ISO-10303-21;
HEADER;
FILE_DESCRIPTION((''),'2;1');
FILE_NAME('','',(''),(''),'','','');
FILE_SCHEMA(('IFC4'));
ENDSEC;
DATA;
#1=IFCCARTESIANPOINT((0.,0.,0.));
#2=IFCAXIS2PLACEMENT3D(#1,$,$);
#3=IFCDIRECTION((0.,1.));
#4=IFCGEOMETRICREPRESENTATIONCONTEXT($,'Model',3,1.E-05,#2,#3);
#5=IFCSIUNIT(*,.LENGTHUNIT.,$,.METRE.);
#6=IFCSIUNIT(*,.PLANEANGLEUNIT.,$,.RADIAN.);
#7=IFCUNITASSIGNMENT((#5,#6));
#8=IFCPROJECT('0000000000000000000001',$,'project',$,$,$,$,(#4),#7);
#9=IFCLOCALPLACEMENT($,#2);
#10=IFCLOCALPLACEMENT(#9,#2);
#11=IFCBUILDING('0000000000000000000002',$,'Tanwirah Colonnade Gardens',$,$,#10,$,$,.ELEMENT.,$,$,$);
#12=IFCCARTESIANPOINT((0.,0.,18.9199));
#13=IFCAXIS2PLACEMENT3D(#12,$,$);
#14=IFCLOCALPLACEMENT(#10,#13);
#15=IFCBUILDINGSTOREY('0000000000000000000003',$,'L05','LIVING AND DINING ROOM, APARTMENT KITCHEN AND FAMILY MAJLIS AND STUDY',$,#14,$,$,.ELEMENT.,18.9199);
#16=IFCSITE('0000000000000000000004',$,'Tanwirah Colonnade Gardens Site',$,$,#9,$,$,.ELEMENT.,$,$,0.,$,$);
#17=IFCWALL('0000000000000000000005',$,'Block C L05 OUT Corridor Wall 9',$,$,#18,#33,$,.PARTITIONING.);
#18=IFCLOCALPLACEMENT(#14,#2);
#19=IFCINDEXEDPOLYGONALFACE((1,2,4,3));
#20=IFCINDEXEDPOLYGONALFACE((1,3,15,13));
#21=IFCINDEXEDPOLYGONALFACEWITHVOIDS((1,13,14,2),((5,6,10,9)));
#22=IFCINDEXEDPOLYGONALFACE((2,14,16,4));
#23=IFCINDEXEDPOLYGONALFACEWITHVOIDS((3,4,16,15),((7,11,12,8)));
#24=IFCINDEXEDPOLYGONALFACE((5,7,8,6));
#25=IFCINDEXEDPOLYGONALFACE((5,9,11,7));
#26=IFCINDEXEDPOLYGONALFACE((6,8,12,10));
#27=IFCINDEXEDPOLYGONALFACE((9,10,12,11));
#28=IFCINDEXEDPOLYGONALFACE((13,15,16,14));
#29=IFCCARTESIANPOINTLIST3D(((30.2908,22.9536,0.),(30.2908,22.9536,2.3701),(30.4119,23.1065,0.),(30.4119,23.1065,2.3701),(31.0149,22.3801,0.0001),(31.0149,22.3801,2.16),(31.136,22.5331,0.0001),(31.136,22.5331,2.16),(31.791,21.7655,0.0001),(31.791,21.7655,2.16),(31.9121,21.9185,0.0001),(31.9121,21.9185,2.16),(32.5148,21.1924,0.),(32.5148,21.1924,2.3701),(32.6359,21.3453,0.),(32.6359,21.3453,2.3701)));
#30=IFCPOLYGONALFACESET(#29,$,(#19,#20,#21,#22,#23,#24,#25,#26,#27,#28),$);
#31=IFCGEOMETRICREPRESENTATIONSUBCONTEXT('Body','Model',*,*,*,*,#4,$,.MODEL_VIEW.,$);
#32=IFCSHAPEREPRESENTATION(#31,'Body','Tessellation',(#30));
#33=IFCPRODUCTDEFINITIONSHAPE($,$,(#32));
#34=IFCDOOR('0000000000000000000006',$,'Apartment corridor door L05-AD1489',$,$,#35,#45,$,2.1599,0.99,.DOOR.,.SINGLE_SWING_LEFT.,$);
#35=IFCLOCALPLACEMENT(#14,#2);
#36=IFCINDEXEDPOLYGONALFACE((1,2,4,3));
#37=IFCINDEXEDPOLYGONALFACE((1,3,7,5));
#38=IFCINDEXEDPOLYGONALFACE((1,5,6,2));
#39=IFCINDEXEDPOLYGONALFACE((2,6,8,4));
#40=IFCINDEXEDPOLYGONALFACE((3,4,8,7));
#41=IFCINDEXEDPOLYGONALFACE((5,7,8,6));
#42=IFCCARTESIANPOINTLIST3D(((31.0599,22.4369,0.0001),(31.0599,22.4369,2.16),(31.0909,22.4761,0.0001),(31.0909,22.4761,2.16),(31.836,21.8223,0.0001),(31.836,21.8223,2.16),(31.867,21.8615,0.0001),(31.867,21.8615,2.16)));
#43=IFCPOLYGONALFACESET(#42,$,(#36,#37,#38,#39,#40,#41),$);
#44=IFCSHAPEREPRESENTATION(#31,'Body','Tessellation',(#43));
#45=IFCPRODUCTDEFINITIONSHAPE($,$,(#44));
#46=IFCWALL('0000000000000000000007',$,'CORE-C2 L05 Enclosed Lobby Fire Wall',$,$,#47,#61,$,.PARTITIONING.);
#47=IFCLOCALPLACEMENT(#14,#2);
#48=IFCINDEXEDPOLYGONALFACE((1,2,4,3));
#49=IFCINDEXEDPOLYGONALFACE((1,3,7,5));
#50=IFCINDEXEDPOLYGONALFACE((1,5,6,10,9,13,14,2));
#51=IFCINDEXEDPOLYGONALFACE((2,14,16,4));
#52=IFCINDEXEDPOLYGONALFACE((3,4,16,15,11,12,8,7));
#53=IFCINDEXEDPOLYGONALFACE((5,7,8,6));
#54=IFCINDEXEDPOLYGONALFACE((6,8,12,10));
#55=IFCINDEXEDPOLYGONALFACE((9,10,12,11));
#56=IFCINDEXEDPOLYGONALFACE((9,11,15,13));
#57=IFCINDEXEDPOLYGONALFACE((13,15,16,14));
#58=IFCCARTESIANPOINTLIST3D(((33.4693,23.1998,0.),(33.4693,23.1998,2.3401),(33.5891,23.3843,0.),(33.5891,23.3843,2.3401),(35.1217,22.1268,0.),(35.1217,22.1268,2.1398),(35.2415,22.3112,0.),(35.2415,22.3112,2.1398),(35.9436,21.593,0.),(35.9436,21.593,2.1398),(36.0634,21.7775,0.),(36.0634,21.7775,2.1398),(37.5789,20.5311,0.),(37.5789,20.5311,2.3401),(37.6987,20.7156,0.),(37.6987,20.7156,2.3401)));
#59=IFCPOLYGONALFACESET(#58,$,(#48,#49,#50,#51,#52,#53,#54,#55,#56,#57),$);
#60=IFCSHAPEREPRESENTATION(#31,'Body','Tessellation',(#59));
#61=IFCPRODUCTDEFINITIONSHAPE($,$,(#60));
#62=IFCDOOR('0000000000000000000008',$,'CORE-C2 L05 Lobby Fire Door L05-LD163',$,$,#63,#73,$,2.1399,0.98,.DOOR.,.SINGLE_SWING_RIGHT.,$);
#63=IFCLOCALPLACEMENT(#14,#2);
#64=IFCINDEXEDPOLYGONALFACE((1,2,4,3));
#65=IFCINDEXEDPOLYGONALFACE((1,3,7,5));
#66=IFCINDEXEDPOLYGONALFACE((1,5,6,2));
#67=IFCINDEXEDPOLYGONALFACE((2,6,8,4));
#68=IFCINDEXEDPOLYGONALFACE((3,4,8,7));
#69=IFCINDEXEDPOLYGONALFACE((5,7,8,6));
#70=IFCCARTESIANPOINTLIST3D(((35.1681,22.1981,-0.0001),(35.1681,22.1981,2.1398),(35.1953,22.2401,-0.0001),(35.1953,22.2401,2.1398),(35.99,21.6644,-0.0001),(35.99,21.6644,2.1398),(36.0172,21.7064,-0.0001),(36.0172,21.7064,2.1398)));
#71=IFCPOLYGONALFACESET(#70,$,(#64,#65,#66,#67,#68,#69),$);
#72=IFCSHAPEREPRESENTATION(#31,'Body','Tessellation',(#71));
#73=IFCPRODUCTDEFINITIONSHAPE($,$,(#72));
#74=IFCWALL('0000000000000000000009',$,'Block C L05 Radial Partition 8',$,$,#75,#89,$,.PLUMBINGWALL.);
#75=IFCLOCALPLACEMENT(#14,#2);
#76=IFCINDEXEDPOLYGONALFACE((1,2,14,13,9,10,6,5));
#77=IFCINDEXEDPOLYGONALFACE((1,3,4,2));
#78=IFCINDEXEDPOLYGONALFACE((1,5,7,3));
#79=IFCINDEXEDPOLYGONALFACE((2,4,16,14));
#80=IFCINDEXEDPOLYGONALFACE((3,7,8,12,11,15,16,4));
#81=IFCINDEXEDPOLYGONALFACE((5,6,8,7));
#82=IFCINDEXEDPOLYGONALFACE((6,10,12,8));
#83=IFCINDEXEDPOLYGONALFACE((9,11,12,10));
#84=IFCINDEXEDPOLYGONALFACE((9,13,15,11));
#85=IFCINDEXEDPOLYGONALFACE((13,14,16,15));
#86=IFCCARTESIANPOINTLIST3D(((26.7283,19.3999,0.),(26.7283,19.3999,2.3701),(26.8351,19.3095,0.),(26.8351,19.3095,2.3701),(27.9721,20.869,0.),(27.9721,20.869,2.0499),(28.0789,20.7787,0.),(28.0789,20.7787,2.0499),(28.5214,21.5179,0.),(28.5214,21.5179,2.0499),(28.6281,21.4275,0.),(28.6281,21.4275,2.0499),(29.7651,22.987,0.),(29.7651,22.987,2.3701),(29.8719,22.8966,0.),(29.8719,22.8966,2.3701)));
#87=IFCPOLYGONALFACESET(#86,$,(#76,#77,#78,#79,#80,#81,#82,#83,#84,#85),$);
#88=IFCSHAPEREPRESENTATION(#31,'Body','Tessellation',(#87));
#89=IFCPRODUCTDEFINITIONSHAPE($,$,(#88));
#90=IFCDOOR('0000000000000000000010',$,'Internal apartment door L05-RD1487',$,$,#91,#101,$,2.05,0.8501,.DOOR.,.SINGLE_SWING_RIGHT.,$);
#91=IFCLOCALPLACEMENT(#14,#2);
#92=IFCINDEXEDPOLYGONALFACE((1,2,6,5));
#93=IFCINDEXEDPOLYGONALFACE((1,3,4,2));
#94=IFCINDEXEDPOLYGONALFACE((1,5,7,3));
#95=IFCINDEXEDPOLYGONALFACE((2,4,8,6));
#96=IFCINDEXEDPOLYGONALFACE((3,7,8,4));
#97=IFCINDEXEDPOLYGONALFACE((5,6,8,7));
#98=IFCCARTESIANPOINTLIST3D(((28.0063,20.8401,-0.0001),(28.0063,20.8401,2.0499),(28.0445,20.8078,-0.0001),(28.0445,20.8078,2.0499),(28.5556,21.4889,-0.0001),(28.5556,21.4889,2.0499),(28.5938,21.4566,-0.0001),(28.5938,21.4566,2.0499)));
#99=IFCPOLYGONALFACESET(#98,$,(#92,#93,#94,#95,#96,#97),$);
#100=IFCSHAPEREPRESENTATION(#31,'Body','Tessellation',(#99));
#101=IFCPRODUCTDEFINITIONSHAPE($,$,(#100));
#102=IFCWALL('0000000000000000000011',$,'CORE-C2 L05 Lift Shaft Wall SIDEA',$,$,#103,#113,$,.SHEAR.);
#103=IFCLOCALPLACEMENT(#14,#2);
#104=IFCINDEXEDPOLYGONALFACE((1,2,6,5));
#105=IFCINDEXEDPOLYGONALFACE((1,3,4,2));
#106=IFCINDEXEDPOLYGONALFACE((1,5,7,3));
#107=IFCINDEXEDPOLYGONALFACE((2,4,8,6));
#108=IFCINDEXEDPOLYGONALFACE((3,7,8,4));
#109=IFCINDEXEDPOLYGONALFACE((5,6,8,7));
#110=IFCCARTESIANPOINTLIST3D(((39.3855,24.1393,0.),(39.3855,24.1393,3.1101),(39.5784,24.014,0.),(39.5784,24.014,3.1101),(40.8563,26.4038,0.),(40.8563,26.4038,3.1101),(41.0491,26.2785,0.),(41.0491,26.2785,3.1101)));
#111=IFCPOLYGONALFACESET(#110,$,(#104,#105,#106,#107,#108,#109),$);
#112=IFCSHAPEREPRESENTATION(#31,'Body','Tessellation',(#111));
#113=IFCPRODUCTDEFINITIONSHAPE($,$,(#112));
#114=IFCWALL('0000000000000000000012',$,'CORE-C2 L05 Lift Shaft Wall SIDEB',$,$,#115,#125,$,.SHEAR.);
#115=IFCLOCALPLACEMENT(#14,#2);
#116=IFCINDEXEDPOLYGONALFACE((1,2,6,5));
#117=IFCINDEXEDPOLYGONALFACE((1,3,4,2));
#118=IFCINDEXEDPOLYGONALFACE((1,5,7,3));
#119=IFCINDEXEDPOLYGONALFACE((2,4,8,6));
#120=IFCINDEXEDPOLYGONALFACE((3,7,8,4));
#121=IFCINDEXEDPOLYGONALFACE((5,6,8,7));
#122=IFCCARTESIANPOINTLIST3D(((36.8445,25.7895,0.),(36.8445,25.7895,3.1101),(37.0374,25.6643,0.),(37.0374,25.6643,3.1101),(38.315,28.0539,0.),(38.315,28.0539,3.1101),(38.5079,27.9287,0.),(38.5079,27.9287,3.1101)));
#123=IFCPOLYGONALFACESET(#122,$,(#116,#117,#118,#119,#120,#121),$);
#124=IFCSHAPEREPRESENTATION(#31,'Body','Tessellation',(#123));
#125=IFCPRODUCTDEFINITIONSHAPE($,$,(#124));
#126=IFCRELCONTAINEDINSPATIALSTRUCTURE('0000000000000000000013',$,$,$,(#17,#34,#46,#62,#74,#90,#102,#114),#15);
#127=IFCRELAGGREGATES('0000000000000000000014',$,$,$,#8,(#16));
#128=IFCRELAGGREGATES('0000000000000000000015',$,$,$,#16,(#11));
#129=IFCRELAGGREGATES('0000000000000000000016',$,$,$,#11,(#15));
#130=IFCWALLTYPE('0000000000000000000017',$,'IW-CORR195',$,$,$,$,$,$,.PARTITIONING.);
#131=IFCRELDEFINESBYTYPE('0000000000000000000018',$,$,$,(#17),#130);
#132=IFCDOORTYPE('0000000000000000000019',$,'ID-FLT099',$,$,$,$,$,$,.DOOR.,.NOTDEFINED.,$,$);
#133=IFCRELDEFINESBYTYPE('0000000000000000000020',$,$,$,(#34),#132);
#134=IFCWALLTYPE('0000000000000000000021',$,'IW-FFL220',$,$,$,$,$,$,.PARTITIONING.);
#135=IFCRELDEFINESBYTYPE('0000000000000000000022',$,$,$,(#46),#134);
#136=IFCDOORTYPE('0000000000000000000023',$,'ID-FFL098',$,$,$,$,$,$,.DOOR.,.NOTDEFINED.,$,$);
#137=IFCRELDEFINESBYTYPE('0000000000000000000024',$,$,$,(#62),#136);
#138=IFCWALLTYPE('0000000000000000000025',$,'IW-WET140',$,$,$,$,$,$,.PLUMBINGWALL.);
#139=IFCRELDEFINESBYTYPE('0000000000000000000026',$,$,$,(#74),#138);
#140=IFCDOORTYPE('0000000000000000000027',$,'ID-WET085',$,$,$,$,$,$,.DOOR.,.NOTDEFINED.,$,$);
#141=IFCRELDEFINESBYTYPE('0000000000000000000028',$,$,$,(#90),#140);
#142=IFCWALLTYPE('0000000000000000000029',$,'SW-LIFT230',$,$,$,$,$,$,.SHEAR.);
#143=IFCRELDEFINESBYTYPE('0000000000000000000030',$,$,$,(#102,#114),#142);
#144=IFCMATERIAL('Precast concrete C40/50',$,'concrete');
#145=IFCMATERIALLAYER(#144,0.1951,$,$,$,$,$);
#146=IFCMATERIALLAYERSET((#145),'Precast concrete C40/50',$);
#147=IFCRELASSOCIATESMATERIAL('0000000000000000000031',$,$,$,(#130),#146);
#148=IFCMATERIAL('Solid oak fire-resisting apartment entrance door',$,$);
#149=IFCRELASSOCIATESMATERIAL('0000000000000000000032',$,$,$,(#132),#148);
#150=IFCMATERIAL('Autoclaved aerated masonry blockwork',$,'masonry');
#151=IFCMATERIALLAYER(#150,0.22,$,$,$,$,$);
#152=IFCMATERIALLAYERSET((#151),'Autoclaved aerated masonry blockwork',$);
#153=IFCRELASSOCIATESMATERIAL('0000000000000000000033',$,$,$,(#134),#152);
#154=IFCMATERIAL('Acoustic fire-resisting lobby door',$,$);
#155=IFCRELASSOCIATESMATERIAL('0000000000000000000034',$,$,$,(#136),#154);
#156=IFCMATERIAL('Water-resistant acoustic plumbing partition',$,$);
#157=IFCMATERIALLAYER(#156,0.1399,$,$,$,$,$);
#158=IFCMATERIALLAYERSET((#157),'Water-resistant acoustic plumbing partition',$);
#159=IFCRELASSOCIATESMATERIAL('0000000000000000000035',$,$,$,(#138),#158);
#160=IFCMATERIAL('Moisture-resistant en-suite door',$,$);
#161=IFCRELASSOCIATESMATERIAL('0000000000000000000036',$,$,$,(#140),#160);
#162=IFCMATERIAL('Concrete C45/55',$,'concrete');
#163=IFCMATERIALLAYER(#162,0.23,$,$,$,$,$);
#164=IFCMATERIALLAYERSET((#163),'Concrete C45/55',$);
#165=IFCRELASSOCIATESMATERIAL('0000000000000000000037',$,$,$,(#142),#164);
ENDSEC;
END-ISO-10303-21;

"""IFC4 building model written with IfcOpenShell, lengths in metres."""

from ifc_helpers import new_model, si_unit, direction, frame, frame_2d, origin, place, context, subcontext, project, spatial, rectangle, extrude, material, layer, layer_set, type_object, element, fill, save


model = new_model("IFC4")

# Units and contexts
model_context = context("Model", 3, precision=1e-05, world=origin(), true_north=direction((0.0, 1.0)))
body_context = subcontext(model_context, "Body", "Model", "MODEL_VIEW")
ifc_project = project(units=[si_unit("LENGTHUNIT", "METRE"), si_unit("PLANEANGLEUNIT", "RADIAN")], contexts=[model_context])

# Site, building, storey
site_placement = place(None, origin())
site = spatial("IfcSite", under=ifc_project, at=site_placement, Name="Tanwirah Colonnade Gardens Site", CompositionType="ELEMENT", RefElevation=0.0)
building_placement = place(site_placement, origin())
building = spatial("IfcBuilding", under=site, at=building_placement, Name="Tanwirah Colonnade Gardens", CompositionType="ELEMENT")
storey_placement = place(building_placement, frame((0.0, 0.0, 18.9199)))
storey = spatial("IfcBuildingStorey", under=building, at=storey_placement, Name="L05", Description="LIVING AND DINING ROOM, APARTMENT KITCHEN AND FAMILY MAJLIS AND STUDY", CompositionType="ELEMENT", Elevation=18.9199)

# Shared definitions
ifc_material_1 = material(Name="Precast concrete C40/50", Category="concrete")

# Walls, openings, doors
ifc_layer_1 = layer(ifc_material_1, 0.1951)
ifc_layer_set_1 = layer_set([ifc_layer_1], Name="Precast concrete C40/50")
wall_type_1 = type_object("IfcWallType", Name="IW-CORR195", PredefinedType="PARTITIONING", material=ifc_layer_set_1)
wall_1_placement = place(storey_placement, frame((30.3513, 23.03, 0.0), z_axis=(0.0, 0.0, 1.0), x_axis=(0.783966, -0.620804, 0.0)))
wall_1 = element("IfcWall", 1, at=wall_1_placement, inside=storey, type_object=wall_type_1, Name="Block C L05 OUT Corridor Wall 9", PredefinedType="PARTITIONING", context=body_context, shape_type="SweptSolid", body=[
    extrude(rectangle(XDim=2.8369, YDim=0.1951, at=frame_2d((1.4185, 0.0))), origin(), (0.0, 0.0, 1.0), 2.3701),
])
opening_1_placement = place(wall_1_placement, frame((0.9236, 0.0, 0.0)))
opening_1 = element("IfcOpeningElement", 2, at=opening_1_placement, cuts=wall_1, PredefinedType="OPENING", context=body_context, shape_type="SweptSolid", body=[
    extrude(rectangle(XDim=0.99, YDim=2.1599, at=frame_2d((0.4951, 1.0801))), frame((0.0, 0.1074, 0.0), z_axis=(0.0, -1.0, 0.0), x_axis=(1.0, 0.0, 0.0)), (0.0, 0.0, 1.0), 0.2151),
])
ifc_material_2 = material(Name="Solid oak fire-resisting apartment entrance door")
door_type_1 = type_object("IfcDoorType", Name="ID-FLT099", OperationType="NOTDEFINED", PredefinedType="DOOR", material=ifc_material_2)
door_1_placement = place(opening_1_placement, origin())
door_1 = element("IfcDoor", 3, at=door_1_placement, inside=storey, type_object=door_type_1, Name="Apartment corridor door L05-AD1489", OperationType="SINGLE_SWING_LEFT", OverallHeight=2.1599, OverallWidth=0.99, PredefinedType="DOOR", context=body_context, shape_type="SweptSolid", body=[
    extrude(rectangle(XDim=0.99, YDim=2.1599, at=frame_2d((0.4951, 1.0801))), frame((0.0, 0.0249, 0.0), z_axis=(0.0, -1.0, 0.0), x_axis=(1.0, 0.0, 0.0)), (0.0, 0.0, 1.0), 0.05),
])
fill(opening_1, door_1)
ifc_material_3 = material(Name="Autoclaved aerated masonry blockwork", Category="masonry")
ifc_layer_2 = layer(ifc_material_3, 0.22)
ifc_layer_set_2 = layer_set([ifc_layer_2], Name="Autoclaved aerated masonry blockwork")
wall_type_2 = type_object("IfcWallType", Name="IW-FFL220", PredefinedType="PARTITIONING", material=ifc_layer_set_2)
wall_2_placement = place(storey_placement, frame((37.6389, 20.6233, 0.0), z_axis=(0.0, 0.0, 1.0), x_axis=(-0.838681, 0.544622, 0.0)))
wall_2 = element("IfcWall", 4, at=wall_2_placement, inside=storey, type_object=wall_type_2, Name="CORE-C2 L05 Enclosed Lobby Fire Wall", PredefinedType="PARTITIONING", context=body_context, shape_type="SweptSolid", body=[
    extrude(rectangle(XDim=4.9001, YDim=0.22, at=frame_2d((2.4502, 0.0))), origin(), (0.0, 0.0, 1.0), 2.3401),
])
opening_2_placement = place(wall_2_placement, frame((1.95, 0.0, 0.0)))
opening_2 = element("IfcOpeningElement", 5, at=opening_2_placement, cuts=wall_2, PredefinedType="OPENING", context=body_context, shape_type="SweptSolid", body=[
    extrude(rectangle(XDim=0.98, YDim=2.1399, at=frame_2d((0.49, 1.0698))), frame((0.0, 0.1199, 0.0), z_axis=(0.0, -1.0, 0.0), x_axis=(1.0, 0.0, 0.0)), (0.0, 0.0, 1.0), 0.24),
])
ifc_material_4 = material(Name="Acoustic fire-resisting lobby door")
door_type_2 = type_object("IfcDoorType", Name="ID-FFL098", OperationType="NOTDEFINED", PredefinedType="DOOR", material=ifc_material_4)
door_2_placement = place(opening_2_placement, origin())
door_2 = element("IfcDoor", 6, at=door_2_placement, inside=storey, type_object=door_type_2, Name="CORE-C2 L05 Lobby Fire Door L05-LD163", OperationType="SINGLE_SWING_RIGHT", OverallHeight=2.1399, OverallWidth=0.98, PredefinedType="DOOR", context=body_context, shape_type="SweptSolid", body=[
    extrude(rectangle(XDim=0.98, YDim=2.1399, at=frame_2d((0.49, 1.0698))), frame((0.0, 0.0249, 0.0), z_axis=(0.0, -1.0, 0.0), x_axis=(1.0, 0.0, 0.0)), (0.0, 0.0, 1.0), 0.05),
])
fill(opening_2, door_2)
ifc_material_5 = material(Name="Water-resistant acoustic plumbing partition")
ifc_layer_3 = layer(ifc_material_5, 0.1399)
ifc_layer_set_3 = layer_set([ifc_layer_3], Name="Water-resistant acoustic plumbing partition")
wall_type_3 = type_object("IfcWallType", Name="IW-WET140", PredefinedType="PLUMBINGWALL", material=ifc_layer_set_3)
wall_3_placement = place(storey_placement, frame((29.8186, 22.9419, 0.0), z_axis=(0.0, 0.0, 1.0), x_axis=(-0.646138, -0.763221, 0.0)))
wall_3 = element("IfcWall", 7, at=wall_3_placement, inside=storey, type_object=wall_type_3, Name="Block C L05 Radial Partition 8", PredefinedType="PLUMBINGWALL", context=body_context, shape_type="SweptSolid", body=[
    extrude(rectangle(XDim=4.7, YDim=0.1399, at=frame_2d((2.3501, 0.0))), origin(), (0.0, 0.0, 1.0), 2.3701),
])
opening_3_placement = place(wall_3_placement, frame((1.925, 0.0, 0.0)))
opening_3 = element("IfcOpeningElement", 8, at=opening_3_placement, cuts=wall_3, PredefinedType="OPENING", context=body_context, shape_type="SweptSolid", body=[
    extrude(rectangle(XDim=0.8501, YDim=2.05, at=frame_2d((0.425, 1.0249))), frame((0.0, 0.0798, 0.0), z_axis=(0.0, -1.0, 0.0), x_axis=(1.0, 0.0, 0.0)), (0.0, 0.0, 1.0), 0.1599),
])
ifc_material_6 = material(Name="Moisture-resistant en-suite door")
door_type_3 = type_object("IfcDoorType", Name="ID-WET085", OperationType="NOTDEFINED", PredefinedType="DOOR", material=ifc_material_6)
door_3_placement = place(opening_3_placement, origin())
door_3 = element("IfcDoor", 9, at=door_3_placement, inside=storey, type_object=door_type_3, Name="Internal apartment door L05-RD1487", OperationType="SINGLE_SWING_RIGHT", OverallHeight=2.05, OverallWidth=0.8501, PredefinedType="DOOR", context=body_context, shape_type="SweptSolid", body=[
    extrude(rectangle(XDim=0.8501, YDim=2.05, at=frame_2d((0.425, 1.0249))), frame((0.0, 0.0249, 0.0), z_axis=(0.0, -1.0, 0.0), x_axis=(1.0, 0.0, 0.0)), (0.0, 0.0, 1.0), 0.05),
])
fill(opening_3, door_3)
ifc_material_7 = material(Name="Concrete C45/55", Category="concrete")
ifc_layer_4 = layer(ifc_material_7, 0.23)
ifc_layer_set_4 = layer_set([ifc_layer_4], Name="Concrete C45/55")
wall_type_4 = type_object("IfcWallType", Name="SW-LIFT230", PredefinedType="SHEAR", material=ifc_layer_set_4)

# Walls
wall_4_placement = place(storey_placement, frame((39.4819, 24.0767, 0.0), z_axis=(0.0, 0.0, 1.0), x_axis=(0.544686, 0.83864, 0.0)))
element("IfcWall", 10, at=wall_4_placement, inside=storey, type_object=wall_type_4, Name="CORE-C2 L05 Lift Shaft Wall SIDEA", PredefinedType="SHEAR", context=body_context, shape_type="SweptSolid", body=[
    extrude(rectangle(XDim=2.7002, YDim=0.23, at=frame_2d((1.3501, 0.0))), origin(), (0.0, 0.0, 1.0), 3.1101),
])
wall_5_placement = place(storey_placement, frame((36.9409, 25.7268, 0.0), z_axis=(0.0, 0.0, 1.0), x_axis=(0.544623, 0.838681, 0.0)))
element("IfcWall", 11, at=wall_5_placement, inside=storey, type_object=wall_type_4, Name="CORE-C2 L05 Lift Shaft Wall SIDEB", PredefinedType="SHEAR", context=body_context, shape_type="SweptSolid", body=[
    extrude(rectangle(XDim=2.7, YDim=0.23, at=frame_2d((1.3501, 0.0))), origin(), (0.0, 0.0, 1.0), 3.1101),
])

save(model, "model.ifc")
